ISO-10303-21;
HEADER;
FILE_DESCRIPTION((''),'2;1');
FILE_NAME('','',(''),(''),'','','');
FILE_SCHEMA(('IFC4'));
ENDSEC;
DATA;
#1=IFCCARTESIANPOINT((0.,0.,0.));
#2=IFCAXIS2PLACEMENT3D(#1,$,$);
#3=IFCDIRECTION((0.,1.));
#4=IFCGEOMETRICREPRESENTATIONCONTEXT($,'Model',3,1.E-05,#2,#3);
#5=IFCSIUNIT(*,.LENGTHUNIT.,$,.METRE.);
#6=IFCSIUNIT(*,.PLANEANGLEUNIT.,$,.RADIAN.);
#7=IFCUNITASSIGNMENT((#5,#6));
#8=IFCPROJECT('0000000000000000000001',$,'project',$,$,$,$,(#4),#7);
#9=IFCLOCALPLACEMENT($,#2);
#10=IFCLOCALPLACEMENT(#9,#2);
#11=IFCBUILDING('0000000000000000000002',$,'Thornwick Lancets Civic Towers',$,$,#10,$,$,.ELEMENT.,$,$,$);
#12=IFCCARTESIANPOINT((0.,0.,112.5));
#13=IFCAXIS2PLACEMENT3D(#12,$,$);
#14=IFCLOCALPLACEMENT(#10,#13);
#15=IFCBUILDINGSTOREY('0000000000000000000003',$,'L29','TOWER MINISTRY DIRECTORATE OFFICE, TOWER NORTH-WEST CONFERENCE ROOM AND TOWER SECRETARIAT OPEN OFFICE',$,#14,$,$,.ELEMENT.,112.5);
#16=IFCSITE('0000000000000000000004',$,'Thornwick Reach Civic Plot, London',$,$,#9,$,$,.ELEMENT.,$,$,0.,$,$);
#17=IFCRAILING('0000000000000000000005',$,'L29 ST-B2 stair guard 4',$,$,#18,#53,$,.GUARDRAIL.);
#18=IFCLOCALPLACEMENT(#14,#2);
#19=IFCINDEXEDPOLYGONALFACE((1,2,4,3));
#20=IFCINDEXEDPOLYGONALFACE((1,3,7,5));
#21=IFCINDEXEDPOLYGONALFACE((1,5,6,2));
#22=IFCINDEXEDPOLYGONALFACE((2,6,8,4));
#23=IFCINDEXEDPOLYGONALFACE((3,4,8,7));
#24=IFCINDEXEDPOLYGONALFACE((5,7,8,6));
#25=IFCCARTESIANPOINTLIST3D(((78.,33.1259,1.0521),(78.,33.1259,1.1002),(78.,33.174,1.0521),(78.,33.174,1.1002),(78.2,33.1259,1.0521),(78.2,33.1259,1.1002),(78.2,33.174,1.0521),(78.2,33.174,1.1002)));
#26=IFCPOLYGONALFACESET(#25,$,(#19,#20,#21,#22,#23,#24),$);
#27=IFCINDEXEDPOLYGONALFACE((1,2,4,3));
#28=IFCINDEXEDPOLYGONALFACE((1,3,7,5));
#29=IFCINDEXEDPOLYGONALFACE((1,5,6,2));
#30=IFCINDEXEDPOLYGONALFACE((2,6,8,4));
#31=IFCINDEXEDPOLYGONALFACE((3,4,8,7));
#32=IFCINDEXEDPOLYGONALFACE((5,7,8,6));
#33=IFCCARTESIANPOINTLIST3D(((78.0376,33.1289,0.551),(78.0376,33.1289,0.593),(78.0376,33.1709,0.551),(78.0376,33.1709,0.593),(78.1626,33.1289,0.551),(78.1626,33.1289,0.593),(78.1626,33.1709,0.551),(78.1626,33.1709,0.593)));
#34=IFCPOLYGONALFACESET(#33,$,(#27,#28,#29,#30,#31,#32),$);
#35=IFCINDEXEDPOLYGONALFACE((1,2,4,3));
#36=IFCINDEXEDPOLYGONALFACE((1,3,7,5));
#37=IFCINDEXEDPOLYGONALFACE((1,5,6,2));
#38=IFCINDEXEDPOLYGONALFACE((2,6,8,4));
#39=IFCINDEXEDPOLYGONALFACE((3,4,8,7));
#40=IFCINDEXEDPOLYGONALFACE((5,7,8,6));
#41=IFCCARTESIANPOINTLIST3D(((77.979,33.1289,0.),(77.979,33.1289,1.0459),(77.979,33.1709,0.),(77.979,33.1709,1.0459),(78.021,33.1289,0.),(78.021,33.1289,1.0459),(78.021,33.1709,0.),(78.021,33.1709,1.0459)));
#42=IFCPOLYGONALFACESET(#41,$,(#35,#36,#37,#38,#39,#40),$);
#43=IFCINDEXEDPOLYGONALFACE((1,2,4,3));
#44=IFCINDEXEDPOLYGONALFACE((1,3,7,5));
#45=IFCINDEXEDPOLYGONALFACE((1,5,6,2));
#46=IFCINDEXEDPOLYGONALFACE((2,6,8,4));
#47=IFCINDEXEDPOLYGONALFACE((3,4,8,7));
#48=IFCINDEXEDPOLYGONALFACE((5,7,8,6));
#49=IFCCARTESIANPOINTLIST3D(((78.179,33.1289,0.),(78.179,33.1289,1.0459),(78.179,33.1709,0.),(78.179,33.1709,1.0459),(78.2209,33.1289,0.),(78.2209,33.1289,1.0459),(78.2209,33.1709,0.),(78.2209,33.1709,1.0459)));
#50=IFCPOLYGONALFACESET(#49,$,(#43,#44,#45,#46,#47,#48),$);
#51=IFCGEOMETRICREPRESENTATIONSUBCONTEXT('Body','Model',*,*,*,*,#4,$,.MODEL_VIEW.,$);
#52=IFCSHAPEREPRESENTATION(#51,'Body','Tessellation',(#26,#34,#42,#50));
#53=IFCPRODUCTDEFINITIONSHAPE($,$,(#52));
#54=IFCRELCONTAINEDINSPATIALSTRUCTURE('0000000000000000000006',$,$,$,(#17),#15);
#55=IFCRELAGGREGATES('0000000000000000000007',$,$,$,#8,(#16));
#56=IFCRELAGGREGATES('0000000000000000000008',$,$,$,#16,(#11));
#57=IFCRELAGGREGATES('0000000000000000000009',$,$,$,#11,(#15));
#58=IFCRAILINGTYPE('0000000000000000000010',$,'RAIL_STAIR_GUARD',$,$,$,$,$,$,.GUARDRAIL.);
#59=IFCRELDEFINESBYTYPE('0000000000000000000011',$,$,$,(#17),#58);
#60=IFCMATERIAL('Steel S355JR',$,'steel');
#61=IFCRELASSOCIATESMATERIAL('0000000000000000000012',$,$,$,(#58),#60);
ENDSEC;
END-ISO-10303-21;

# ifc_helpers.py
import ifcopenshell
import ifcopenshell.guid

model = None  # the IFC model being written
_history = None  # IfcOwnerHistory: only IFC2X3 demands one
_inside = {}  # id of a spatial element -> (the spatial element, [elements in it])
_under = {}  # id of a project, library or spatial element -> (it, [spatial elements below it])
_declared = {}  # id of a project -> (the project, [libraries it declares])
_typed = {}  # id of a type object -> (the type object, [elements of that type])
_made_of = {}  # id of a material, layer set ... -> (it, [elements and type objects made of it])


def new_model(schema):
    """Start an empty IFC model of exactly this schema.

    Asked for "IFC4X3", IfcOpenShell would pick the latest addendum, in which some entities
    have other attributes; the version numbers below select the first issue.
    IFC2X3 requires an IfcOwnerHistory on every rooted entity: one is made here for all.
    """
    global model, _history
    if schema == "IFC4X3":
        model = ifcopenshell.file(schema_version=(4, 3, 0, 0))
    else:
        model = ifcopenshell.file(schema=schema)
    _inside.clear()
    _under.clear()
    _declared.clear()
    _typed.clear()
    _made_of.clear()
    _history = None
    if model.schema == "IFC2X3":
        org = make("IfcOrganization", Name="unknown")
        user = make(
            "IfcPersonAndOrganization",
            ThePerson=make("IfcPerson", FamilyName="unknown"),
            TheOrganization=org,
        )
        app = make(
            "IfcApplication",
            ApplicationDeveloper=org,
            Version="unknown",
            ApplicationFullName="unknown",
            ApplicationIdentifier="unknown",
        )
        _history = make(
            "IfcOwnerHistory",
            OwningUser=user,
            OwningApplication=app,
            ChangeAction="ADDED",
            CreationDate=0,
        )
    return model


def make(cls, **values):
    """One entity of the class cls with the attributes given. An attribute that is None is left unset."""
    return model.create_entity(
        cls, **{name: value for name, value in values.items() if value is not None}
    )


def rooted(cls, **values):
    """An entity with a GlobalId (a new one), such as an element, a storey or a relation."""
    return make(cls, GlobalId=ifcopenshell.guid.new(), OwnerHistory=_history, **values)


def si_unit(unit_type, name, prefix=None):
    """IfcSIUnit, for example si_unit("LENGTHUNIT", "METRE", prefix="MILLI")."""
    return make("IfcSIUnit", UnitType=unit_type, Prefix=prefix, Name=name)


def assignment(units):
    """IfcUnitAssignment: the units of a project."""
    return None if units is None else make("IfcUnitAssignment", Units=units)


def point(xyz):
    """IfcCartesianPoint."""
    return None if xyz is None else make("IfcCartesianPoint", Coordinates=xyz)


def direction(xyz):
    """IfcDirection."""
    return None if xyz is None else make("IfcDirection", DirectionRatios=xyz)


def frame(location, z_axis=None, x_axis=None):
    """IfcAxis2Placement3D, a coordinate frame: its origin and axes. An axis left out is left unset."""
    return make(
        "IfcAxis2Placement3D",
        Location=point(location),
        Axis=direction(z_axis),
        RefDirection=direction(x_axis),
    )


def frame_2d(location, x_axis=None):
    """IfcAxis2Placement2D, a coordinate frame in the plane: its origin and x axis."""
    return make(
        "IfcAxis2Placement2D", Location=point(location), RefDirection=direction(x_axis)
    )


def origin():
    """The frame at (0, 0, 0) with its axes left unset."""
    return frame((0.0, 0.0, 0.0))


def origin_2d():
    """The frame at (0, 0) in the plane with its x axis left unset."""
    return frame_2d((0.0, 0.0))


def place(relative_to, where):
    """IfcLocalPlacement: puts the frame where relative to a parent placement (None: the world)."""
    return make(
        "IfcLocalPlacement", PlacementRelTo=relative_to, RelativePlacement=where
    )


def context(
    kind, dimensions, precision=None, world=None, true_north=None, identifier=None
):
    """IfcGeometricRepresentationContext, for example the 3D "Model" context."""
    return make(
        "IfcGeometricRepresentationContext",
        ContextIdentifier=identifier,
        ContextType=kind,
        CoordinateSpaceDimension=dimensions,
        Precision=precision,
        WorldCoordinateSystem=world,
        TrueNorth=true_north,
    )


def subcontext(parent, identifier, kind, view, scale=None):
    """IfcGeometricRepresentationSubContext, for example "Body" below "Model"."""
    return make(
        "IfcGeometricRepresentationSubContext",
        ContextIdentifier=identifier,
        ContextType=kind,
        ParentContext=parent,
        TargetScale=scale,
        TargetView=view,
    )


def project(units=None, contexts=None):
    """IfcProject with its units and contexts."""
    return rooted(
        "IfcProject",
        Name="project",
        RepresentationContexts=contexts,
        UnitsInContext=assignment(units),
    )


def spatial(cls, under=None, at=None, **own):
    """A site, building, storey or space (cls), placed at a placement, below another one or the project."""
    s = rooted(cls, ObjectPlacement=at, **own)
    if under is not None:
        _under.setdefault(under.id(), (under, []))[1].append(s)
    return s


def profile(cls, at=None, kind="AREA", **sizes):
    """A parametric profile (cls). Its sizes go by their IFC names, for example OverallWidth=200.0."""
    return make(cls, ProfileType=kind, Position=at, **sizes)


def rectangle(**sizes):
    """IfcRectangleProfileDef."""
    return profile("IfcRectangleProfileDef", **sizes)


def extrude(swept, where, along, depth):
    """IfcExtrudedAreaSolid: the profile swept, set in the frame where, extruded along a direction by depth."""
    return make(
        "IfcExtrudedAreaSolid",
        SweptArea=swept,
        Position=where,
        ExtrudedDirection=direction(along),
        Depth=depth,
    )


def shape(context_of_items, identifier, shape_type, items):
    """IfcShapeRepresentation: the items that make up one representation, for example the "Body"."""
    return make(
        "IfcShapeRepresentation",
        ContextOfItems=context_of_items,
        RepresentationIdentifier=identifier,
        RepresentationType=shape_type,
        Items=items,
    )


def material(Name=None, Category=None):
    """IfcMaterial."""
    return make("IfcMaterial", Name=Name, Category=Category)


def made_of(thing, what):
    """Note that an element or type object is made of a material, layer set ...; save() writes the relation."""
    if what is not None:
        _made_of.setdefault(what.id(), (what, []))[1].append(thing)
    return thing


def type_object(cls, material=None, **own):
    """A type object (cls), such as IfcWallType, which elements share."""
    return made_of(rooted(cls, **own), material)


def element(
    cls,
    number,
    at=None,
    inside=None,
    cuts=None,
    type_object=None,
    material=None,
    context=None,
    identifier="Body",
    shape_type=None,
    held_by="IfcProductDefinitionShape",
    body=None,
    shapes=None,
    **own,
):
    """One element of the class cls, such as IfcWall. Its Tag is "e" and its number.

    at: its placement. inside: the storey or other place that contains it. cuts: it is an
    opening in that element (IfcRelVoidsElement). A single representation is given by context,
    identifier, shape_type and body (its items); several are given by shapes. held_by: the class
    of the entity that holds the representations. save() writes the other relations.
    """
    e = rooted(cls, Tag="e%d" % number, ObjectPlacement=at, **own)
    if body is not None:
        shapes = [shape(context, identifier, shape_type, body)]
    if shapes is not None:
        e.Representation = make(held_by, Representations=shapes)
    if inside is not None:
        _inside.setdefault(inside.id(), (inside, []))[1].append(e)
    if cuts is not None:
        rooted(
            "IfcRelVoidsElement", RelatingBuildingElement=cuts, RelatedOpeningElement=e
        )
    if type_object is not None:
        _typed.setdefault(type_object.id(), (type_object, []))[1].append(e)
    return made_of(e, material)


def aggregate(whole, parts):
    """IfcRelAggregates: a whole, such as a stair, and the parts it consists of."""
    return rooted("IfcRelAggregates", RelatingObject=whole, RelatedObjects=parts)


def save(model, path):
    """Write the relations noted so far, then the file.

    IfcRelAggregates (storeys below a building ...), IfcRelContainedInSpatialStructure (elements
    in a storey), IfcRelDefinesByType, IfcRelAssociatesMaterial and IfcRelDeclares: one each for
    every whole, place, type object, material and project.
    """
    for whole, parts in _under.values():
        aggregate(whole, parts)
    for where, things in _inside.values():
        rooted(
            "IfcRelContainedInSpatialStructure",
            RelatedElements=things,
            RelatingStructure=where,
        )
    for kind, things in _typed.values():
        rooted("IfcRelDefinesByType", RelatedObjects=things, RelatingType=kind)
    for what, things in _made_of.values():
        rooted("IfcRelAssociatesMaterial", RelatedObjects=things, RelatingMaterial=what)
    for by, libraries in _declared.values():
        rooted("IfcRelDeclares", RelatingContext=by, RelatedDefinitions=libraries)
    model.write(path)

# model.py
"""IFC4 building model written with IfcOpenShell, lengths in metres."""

from ifc_helpers import new_model, si_unit, direction, frame, origin, origin_2d, place, context, subcontext, project, spatial, rectangle, extrude, material, type_object, element, save


model = new_model("IFC4")

# Units and contexts
model_context = context("Model", 3, precision=1e-05, world=origin(), true_north=direction((0.0, 1.0)))
body_context = subcontext(model_context, "Body", "Model", "MODEL_VIEW")
ifc_project = project(units=[si_unit("LENGTHUNIT", "METRE"), si_unit("PLANEANGLEUNIT", "RADIAN")], contexts=[model_context])

# Site, building, storey
site_placement = place(None, origin())
site = spatial("IfcSite", under=ifc_project, at=site_placement, Name="Thornwick Reach Civic Plot, London", CompositionType="ELEMENT", RefElevation=0.0)
building_placement = place(site_placement, origin())
building = spatial("IfcBuilding", under=site, at=building_placement, Name="Thornwick Lancets Civic Towers", CompositionType="ELEMENT")
storey_placement = place(building_placement, frame((0.0, 0.0, 112.5)))
storey = spatial("IfcBuildingStorey", under=building, at=storey_placement, Name="L29", Description="TOWER MINISTRY DIRECTORATE OFFICE, TOWER NORTH-WEST CONFERENCE ROOM AND TOWER SECRETARIAT OPEN OFFICE", CompositionType="ELEMENT", Elevation=112.5)

# Railing
ifc_material_1 = material(Name="Steel S355JR", Category="steel")
railing_type = type_object("IfcRailingType", Name="RAIL_STAIR_GUARD", PredefinedType="GUARDRAIL", material=ifc_material_1)
railing_1_placement = place(storey_placement, frame((78.0, 33.1499, 0.0)))
element("IfcRailing", 1, at=railing_1_placement, inside=storey, type_object=railing_type, Name="L29 ST-B2 stair guard 4", PredefinedType="GUARDRAIL", context=body_context, shape_type="SweptSolid", body=[
    extrude(rectangle(XDim=0.0481, YDim=0.0481, at=origin_2d()), frame((0.0, 0.0, 1.0762), z_axis=(1.0, 0.0, 0.0), x_axis=(0.0, 1.0, 0.0)), (0.0, 0.0, 1.0), 0.2),
    extrude(rectangle(XDim=0.042, YDim=0.042, at=origin_2d()), frame((0.0376, 0.0, 0.572), z_axis=(1.0, 0.0, 0.0), x_axis=(0.0, 1.0, 0.0)), (0.0, 0.0, 1.0), 0.125),
    extrude(rectangle(XDim=0.042, YDim=0.042, at=origin_2d()), origin(), (0.0, 0.0, 1.0), 1.0459),
    extrude(rectangle(XDim=0.042, YDim=0.042, at=origin_2d()), frame((0.2, 0.0, 0.0)), (0.0, 0.0, 1.0), 1.0459),
])

save(model, "model.ifc")
